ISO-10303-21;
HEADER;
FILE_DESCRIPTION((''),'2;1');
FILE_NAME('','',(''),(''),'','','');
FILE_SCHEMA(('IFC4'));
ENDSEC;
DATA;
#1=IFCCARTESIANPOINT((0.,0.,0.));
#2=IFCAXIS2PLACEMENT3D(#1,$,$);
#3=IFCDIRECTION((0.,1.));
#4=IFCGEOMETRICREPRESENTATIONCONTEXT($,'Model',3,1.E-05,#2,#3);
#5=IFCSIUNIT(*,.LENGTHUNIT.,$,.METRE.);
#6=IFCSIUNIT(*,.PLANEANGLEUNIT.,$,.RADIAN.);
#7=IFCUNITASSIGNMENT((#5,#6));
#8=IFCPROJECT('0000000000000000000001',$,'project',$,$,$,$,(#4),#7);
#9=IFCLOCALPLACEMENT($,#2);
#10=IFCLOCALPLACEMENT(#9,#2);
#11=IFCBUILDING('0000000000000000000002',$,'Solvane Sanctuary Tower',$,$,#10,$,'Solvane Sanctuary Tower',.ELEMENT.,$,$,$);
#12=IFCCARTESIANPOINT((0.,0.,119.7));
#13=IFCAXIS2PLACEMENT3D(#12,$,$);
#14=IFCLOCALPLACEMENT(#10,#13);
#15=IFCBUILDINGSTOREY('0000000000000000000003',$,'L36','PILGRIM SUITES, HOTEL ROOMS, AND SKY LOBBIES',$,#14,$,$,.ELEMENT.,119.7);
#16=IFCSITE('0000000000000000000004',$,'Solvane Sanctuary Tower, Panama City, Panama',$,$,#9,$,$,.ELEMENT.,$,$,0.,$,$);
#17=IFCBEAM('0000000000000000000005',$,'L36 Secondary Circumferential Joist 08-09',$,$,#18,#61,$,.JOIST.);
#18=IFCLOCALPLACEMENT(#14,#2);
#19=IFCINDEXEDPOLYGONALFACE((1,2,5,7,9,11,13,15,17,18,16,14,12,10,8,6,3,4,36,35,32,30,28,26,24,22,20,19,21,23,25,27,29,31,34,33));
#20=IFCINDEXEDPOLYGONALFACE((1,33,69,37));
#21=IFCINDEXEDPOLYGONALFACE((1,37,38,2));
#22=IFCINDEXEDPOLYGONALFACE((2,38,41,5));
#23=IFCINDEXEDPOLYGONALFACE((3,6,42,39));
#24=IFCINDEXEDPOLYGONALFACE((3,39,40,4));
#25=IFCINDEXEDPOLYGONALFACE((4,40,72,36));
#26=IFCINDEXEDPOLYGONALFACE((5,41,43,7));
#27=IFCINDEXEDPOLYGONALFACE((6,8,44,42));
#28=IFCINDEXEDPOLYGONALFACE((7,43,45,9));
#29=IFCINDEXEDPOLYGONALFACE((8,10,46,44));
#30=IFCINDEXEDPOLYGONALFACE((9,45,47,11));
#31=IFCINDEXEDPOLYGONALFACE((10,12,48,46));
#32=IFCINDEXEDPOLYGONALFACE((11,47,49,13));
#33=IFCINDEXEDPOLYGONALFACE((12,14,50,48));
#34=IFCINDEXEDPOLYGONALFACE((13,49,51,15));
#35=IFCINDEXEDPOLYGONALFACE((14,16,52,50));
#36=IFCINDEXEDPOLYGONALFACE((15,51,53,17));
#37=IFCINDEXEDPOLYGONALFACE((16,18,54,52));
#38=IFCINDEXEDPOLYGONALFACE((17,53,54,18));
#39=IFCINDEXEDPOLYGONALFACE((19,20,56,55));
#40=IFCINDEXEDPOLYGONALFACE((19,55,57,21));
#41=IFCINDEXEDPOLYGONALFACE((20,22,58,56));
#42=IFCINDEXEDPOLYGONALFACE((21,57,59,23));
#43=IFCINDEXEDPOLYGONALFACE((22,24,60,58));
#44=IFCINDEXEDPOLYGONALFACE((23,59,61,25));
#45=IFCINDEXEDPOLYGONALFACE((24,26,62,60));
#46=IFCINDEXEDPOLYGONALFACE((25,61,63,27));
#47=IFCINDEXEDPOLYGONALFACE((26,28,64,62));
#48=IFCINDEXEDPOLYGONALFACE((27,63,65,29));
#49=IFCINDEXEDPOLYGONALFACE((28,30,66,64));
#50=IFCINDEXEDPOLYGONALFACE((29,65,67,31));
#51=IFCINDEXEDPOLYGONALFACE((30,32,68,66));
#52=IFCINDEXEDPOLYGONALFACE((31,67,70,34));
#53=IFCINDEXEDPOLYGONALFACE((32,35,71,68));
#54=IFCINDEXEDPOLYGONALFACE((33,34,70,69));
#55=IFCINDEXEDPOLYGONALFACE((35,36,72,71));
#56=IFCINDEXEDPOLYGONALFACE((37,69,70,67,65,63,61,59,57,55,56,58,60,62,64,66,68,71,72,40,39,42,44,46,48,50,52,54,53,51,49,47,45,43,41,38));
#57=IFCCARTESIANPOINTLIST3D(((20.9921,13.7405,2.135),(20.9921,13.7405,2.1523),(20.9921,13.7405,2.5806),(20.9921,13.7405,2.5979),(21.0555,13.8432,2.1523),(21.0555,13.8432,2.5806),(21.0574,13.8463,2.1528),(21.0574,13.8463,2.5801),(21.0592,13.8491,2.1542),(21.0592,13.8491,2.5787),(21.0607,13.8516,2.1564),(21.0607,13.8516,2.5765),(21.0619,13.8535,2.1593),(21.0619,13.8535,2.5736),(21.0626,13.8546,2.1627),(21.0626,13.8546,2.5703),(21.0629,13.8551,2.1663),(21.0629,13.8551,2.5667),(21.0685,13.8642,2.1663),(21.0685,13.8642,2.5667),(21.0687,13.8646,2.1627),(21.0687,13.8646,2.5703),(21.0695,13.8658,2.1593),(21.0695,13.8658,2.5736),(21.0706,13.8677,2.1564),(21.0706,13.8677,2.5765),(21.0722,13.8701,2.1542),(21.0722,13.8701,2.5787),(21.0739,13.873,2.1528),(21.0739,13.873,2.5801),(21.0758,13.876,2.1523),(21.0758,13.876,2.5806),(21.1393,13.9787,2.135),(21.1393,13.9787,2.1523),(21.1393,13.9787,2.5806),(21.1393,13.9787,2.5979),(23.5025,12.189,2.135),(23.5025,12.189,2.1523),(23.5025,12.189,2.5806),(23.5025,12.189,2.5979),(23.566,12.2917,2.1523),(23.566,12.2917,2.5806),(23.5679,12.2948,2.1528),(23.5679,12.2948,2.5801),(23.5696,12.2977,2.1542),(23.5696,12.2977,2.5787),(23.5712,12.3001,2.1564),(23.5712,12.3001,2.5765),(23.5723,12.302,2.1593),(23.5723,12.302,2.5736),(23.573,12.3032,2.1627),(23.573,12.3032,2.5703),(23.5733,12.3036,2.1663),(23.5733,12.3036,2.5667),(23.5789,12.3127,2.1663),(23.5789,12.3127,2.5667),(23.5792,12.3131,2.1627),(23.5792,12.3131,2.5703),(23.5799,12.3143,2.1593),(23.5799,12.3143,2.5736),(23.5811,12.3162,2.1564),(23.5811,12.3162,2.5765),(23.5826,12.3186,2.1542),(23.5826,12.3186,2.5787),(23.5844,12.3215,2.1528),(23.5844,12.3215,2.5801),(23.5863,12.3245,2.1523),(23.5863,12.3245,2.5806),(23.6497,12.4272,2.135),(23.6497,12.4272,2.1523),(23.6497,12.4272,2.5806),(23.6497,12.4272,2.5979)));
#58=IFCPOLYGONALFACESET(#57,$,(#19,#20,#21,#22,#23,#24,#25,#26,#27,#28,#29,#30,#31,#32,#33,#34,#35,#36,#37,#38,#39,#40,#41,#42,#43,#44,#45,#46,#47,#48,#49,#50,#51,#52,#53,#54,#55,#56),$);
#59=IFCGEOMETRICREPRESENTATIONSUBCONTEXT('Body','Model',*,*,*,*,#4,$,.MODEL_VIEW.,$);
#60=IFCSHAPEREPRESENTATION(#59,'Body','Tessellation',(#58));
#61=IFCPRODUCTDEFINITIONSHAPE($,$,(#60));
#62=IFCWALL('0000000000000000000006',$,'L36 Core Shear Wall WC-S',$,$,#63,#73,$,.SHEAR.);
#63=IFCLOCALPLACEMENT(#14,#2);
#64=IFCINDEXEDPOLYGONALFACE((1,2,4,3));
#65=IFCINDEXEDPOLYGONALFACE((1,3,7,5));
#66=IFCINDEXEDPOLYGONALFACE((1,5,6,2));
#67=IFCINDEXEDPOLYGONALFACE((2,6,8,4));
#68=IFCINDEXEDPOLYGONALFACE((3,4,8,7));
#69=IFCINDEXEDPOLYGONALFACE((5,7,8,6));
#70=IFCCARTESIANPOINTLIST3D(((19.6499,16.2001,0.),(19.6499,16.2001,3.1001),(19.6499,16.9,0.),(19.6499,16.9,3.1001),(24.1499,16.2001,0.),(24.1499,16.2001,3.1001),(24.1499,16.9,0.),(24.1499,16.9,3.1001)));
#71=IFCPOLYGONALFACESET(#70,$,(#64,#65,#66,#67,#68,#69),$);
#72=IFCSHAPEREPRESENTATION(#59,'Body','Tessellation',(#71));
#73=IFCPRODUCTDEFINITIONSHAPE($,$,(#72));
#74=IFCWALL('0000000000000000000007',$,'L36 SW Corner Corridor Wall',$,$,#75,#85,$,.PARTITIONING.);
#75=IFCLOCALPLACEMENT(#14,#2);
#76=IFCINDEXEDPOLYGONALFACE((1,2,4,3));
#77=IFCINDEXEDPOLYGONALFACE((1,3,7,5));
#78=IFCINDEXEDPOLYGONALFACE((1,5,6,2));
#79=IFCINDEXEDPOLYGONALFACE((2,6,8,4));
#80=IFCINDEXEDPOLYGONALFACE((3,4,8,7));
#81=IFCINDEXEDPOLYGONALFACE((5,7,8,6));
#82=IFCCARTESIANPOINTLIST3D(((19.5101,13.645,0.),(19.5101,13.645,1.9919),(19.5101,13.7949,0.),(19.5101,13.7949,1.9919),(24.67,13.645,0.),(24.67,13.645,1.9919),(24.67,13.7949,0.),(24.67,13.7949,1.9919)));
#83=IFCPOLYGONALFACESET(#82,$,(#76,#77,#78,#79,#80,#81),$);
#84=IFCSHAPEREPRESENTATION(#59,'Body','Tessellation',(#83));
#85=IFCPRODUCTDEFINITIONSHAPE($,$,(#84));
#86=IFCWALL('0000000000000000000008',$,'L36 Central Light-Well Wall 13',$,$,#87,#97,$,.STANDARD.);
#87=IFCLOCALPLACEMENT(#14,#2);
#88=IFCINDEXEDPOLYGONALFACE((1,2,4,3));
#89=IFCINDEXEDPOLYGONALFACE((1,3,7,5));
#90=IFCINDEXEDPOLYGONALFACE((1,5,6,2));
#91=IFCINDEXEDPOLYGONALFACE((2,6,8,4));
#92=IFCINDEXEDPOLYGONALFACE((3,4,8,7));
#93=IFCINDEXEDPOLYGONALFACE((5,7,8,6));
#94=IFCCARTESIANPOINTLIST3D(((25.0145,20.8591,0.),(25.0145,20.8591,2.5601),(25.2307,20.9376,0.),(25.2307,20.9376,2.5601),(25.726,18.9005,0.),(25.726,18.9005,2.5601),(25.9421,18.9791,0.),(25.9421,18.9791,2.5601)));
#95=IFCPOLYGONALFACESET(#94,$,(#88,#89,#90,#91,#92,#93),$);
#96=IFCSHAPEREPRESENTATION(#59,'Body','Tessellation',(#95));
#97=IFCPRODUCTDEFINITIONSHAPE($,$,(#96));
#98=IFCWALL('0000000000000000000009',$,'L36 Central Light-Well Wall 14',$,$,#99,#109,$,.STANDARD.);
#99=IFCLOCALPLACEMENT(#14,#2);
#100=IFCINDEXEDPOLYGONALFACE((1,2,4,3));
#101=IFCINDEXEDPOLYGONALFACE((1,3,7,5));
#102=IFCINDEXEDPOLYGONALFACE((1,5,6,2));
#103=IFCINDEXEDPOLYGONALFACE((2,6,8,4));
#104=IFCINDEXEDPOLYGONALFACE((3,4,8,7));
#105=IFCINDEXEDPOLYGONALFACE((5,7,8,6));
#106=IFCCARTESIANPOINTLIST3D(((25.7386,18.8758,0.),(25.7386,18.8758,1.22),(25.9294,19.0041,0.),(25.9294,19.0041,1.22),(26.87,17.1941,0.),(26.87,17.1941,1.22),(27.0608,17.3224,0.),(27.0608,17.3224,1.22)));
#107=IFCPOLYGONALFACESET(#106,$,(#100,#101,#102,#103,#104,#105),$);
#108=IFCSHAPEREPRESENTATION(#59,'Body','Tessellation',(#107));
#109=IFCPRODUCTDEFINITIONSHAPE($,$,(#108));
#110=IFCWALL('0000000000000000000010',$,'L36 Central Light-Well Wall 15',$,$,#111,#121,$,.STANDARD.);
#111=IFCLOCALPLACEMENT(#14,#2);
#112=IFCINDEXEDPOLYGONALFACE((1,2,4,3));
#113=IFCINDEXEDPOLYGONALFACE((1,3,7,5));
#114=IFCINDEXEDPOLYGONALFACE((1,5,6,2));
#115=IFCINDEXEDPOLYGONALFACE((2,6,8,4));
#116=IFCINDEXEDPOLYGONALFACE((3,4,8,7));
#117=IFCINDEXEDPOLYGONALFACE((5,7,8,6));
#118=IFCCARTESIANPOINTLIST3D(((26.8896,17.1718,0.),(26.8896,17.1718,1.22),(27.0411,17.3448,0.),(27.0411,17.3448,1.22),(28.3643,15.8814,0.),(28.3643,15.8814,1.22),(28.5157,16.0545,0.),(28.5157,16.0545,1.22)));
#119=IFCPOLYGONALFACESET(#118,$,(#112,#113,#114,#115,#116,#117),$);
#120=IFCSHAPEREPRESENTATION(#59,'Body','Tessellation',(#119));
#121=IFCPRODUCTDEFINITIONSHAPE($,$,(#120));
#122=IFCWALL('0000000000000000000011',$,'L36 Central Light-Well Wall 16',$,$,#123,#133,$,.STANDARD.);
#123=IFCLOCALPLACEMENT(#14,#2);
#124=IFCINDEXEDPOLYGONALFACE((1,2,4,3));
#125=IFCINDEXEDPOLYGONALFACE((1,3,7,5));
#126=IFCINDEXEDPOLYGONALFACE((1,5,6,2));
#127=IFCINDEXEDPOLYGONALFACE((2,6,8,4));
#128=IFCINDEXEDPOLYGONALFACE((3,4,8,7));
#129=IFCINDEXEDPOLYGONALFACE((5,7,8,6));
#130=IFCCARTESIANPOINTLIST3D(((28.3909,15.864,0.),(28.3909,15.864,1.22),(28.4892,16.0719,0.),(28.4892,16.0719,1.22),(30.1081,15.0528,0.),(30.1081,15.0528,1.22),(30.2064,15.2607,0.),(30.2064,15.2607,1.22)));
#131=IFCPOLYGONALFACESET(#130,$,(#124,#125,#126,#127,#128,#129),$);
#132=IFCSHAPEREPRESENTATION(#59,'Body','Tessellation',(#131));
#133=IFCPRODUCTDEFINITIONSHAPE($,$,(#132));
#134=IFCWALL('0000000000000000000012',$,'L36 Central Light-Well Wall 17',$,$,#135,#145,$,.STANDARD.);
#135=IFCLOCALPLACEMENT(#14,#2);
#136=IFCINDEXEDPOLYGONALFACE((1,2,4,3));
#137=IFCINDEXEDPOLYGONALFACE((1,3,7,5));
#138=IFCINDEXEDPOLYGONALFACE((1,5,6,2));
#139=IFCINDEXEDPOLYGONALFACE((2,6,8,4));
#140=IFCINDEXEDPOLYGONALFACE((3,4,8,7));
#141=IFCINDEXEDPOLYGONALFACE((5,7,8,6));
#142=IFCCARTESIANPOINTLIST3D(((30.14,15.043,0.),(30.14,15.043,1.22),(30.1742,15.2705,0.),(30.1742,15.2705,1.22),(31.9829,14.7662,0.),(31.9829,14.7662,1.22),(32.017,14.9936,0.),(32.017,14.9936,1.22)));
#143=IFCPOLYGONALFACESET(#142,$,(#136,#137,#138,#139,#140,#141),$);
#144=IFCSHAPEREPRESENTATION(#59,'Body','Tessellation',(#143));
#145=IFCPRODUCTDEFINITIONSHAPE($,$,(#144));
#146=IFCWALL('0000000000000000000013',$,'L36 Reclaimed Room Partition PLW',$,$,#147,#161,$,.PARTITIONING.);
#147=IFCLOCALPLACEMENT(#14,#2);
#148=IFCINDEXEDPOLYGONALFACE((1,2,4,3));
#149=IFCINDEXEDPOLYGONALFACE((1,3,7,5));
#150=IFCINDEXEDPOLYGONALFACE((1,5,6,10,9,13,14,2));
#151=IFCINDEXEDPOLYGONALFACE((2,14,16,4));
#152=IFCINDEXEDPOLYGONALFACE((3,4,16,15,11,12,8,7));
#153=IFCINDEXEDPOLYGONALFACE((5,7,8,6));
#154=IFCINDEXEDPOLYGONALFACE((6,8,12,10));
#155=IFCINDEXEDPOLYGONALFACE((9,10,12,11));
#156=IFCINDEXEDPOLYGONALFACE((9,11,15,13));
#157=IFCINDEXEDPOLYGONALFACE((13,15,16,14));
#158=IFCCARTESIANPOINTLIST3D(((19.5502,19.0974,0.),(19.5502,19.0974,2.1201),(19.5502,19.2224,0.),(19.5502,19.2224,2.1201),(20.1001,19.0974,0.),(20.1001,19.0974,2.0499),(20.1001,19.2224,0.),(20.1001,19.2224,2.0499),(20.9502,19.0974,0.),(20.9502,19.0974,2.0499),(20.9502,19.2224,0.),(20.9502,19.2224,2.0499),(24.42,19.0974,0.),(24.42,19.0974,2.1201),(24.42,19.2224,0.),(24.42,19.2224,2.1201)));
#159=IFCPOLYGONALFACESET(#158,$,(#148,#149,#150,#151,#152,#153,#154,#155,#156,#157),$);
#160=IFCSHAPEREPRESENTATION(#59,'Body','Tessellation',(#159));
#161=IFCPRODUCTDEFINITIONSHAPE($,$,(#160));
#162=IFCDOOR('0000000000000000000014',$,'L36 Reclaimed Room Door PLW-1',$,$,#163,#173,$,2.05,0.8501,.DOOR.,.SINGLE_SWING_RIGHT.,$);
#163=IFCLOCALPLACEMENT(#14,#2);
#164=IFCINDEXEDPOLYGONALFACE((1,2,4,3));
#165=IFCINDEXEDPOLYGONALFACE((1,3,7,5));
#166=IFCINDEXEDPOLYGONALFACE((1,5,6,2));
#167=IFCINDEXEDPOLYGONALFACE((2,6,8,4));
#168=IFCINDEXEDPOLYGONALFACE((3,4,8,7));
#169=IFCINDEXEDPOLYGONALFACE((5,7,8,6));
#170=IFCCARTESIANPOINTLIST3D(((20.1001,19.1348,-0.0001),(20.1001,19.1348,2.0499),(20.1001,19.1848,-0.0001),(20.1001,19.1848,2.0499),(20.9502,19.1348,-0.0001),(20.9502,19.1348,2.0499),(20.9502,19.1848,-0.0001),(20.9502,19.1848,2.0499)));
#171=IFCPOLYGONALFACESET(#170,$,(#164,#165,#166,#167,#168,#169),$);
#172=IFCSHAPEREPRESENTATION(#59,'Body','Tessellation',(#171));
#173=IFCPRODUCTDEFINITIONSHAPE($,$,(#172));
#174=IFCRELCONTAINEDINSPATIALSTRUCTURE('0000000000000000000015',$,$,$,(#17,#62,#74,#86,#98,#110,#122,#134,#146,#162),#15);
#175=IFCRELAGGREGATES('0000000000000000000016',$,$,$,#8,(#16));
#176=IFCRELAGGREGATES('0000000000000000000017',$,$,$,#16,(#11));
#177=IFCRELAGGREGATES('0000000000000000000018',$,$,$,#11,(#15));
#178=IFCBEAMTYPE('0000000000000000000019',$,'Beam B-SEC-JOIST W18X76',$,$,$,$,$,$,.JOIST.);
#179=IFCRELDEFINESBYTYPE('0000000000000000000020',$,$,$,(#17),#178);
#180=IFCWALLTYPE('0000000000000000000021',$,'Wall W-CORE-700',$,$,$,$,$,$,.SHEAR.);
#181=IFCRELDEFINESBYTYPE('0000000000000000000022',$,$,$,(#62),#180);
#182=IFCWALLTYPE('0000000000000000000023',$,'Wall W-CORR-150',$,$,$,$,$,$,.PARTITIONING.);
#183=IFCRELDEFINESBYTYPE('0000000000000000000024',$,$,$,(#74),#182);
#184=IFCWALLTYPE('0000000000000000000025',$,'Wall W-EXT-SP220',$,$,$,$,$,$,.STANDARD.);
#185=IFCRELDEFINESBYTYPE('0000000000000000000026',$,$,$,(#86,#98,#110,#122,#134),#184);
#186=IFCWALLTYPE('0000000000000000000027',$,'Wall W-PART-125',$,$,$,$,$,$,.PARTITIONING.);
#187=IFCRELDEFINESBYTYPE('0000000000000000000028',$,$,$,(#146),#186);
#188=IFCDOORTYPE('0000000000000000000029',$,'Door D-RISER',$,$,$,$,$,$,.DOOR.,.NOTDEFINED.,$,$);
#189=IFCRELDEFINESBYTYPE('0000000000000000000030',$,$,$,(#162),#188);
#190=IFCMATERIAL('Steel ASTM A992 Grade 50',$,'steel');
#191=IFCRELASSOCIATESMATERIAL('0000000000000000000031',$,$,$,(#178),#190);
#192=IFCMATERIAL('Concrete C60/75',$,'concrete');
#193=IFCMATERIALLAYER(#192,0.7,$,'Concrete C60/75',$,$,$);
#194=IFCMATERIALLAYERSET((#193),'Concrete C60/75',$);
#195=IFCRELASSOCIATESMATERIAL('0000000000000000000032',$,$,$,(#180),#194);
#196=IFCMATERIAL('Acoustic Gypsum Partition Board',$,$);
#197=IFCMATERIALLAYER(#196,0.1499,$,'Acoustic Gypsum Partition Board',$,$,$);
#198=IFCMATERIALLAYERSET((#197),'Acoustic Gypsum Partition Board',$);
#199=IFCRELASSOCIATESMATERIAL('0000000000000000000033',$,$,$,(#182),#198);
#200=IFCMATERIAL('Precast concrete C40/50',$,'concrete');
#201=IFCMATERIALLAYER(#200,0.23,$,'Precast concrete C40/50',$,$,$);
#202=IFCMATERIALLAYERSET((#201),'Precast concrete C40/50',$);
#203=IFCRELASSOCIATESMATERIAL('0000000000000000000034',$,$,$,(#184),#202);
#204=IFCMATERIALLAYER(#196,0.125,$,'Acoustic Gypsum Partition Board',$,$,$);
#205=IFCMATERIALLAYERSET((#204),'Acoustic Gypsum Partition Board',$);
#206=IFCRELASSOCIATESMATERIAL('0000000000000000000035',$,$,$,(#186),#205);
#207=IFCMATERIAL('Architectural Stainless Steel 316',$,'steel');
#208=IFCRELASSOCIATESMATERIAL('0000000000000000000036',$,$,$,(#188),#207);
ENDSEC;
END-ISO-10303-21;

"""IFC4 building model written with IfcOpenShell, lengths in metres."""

from ifc_helpers import new_model, si_unit, direction, frame, frame_2d, origin, origin_2d, place, context, subcontext, project, spatial, rectangle, i_section, extrude, material, layer, layer_set, material_profile, profile_set, type_object, element, fill, save


model = new_model("IFC4")

# Units and contexts
model_context = context("Model", 3, precision=1e-05, world=origin(), true_north=direction((0.0, 1.0)))
body_context = subcontext(model_context, "Body", "Model", "MODEL_VIEW")
ifc_project = project(units=[si_unit("LENGTHUNIT", "METRE"), si_unit("PLANEANGLEUNIT", "RADIAN")], contexts=[model_context])

# Site, building, storey
site_placement = place(None, origin())
site = spatial("IfcSite", under=ifc_project, at=site_placement, Name="Solvane Sanctuary Tower, Panama City, Panama", CompositionType="ELEMENT", RefElevation=0.0)
building_placement = place(site_placement, origin())
building = spatial("IfcBuilding", under=site, at=building_placement, Name="Solvane Sanctuary Tower", LongName="Solvane Sanctuary Tower", CompositionType="ELEMENT")
storey_placement = place(building_placement, frame((0.0, 0.0, 119.7)))
storey = spatial("IfcBuildingStorey", under=building, at=storey_placement, Name="L36", Description="PILGRIM SUITES, HOTEL ROOMS, AND SKY LOBBIES", CompositionType="ELEMENT", Elevation=119.7)

# Shared definitions
ifc_material_1 = material(Name="Concrete C60/75", Category="concrete")

# Beam
ifc_material_2 = material(Name="Steel ASTM A992 Grade 50", Category="steel")
ifc_material_profile_1 = material_profile(ifc_material_2, i_section(OverallWidth=0.28, OverallDepth=0.4629, WebThickness=0.0107, FlangeThickness=0.0173, FilletRadius=0.0139, at=origin_2d()), Name="W18X76")
ifc_profile_set_1 = profile_set([ifc_material_profile_1], Name="Steel ASTM A992 Grade 50")
beam_type_1 = type_object("IfcBeamType", Name="Beam B-SEC-JOIST W18X76", PredefinedType="JOIST", material=ifc_profile_set_1)
beam_1_placement = place(storey_placement, frame((21.0657, 13.8596, 2.3665), z_axis=(0.85066, -0.525717, 0.0), x_axis=(0.525717, 0.85066, 0.0)))
element("IfcBeam", 1, at=beam_1_placement, inside=storey, type_object=beam_type_1, Name="L36 Secondary Circumferential Joist 08-09", PredefinedType="JOIST", context=body_context, shape_type="SweptSolid", body=[
    extrude(i_section(OverallWidth=0.28, OverallDepth=0.4629, WebThickness=0.0107, FlangeThickness=0.0173, FilletRadius=0.0139, at=origin_2d()), origin(), (0.0, 0.0, 1.0), 2.9512),
])

# Walls
ifc_layer_1 = layer(ifc_material_1, 0.7, Name="Concrete C60/75")
ifc_layer_set_1 = layer_set([ifc_layer_1], Name="Concrete C60/75")
wall_type_1 = type_object("IfcWallType", Name="Wall W-CORE-700", PredefinedType="SHEAR", material=ifc_layer_set_1)
wall_1_placement = place(storey_placement, frame((19.6499, 16.55, 0.0), z_axis=(0.0, 0.0, 1.0), x_axis=(1.0, 0.0, 0.0)))
element("IfcWall", 2, at=wall_1_placement, inside=storey, type_object=wall_type_1, Name="L36 Core Shear Wall WC-S", PredefinedType="SHEAR", context=body_context, shape_type="SweptSolid", body=[
    extrude(rectangle(XDim=4.5, YDim=0.7, at=frame_2d((2.25, 0.0))), origin(), (0.0, 0.0, 1.0), 3.1001),
])
ifc_material_3 = material(Name="Acoustic Gypsum Partition Board")
ifc_layer_2 = layer(ifc_material_3, 0.1499, Name="Acoustic Gypsum Partition Board")
ifc_layer_set_2 = layer_set([ifc_layer_2], Name="Acoustic Gypsum Partition Board")
wall_type_2 = type_object("IfcWallType", Name="Wall W-CORR-150", PredefinedType="PARTITIONING", material=ifc_layer_set_2)
wall_2_placement = place(storey_placement, frame((19.51, 13.72, 0.0), z_axis=(0.0, 0.0, 1.0), x_axis=(1.0, 0.0, 0.0)))
element("IfcWall", 3, at=wall_2_placement, inside=storey, type_object=wall_type_2, Name="L36 SW Corner Corridor Wall", PredefinedType="PARTITIONING", context=body_context, shape_type="SweptSolid", body=[
    extrude(rectangle(XDim=5.1599, YDim=0.1499, at=frame_2d((2.5801, 0.0))), origin(), (0.0, 0.0, 1.0), 1.9919),
])
ifc_material_4 = material(Name="Precast concrete C40/50", Category="concrete")
ifc_layer_3 = layer(ifc_material_4, 0.23, Name="Precast concrete C40/50")
ifc_layer_set_3 = layer_set([ifc_layer_3], Name="Precast concrete C40/50")
wall_type_3 = type_object("IfcWallType", Name="Wall W-EXT-SP220", PredefinedType="STANDARD", material=ifc_layer_set_3)
wall_3_placement = place(storey_placement, frame((25.1226, 20.8984, 0.0), z_axis=(0.0, 0.0, 1.0), x_axis=(0.341423, -0.93991, 0.0)))
element("IfcWall", 4, at=wall_3_placement, inside=storey, type_object=wall_type_3, Name="L36 Central Light-Well Wall 13", PredefinedType="STANDARD", context=body_context, shape_type="SweptSolid", body=[
    extrude(rectangle(XDim=2.0837, YDim=0.23, at=frame_2d((1.042, 0.0))), origin(), (0.0, 0.0, 1.0), 2.5601),
])
wall_4_placement = place(storey_placement, frame((25.834, 18.9399, 0.0), z_axis=(0.0, 0.0, 1.0), x_axis=(0.558198, -0.829708, 0.0)))
element("IfcWall", 5, at=wall_4_placement, inside=storey, type_object=wall_type_3, Name="L36 Central Light-Well Wall 14", PredefinedType="STANDARD", context=body_context, shape_type="SweptSolid", body=[
    extrude(rectangle(XDim=2.0269, YDim=0.23, at=frame_2d((1.0134, 0.0))), origin(), (0.0, 0.0, 1.0), 1.22),
])
wall_5_placement = place(storey_placement, frame((26.9653, 17.2583, 0.0), z_axis=(0.0, 0.0, 1.0), x_axis=(0.752577, -0.658505, 0.0)))
element("IfcWall", 6, at=wall_5_placement, inside=storey, type_object=wall_type_3, Name="L36 Central Light-Well Wall 15", PredefinedType="STANDARD", context=body_context, shape_type="SweptSolid", body=[
    extrude(rectangle(XDim=1.9595, YDim=0.23, at=frame_2d((0.9797, 0.0))), origin(), (0.0, 0.0, 1.0), 1.22),
])
wall_6_placement = place(storey_placement, frame((28.4399, 15.968, 0.0), z_axis=(0.0, 0.0, 1.0), x_axis=(0.90418, -0.427152, 0.0)))
element("IfcWall", 7, at=wall_6_placement, inside=storey, type_object=wall_type_3, Name="L36 Central Light-Well Wall 16", PredefinedType="STANDARD", context=body_context, shape_type="SweptSolid", body=[
    extrude(rectangle(XDim=1.8992, YDim=0.23, at=frame_2d((0.9497, 0.0))), origin(), (0.0, 0.0, 1.0), 1.22),
])
wall_7_placement = place(storey_placement, frame((30.1572, 15.1567, 0.0), z_axis=(0.0, 0.0, 1.0), x_axis=(0.988902, -0.148571, 0.0)))
element("IfcWall", 8, at=wall_7_placement, inside=storey, type_object=wall_type_3, Name="L36 Central Light-Well Wall 17", PredefinedType="STANDARD", context=body_context, shape_type="SweptSolid", body=[
    extrude(rectangle(XDim=1.8635, YDim=0.23, at=frame_2d((0.9316, 0.0))), origin(), (0.0, 0.0, 1.0), 1.22),
])

# Wall, opening, door
ifc_layer_4 = layer(ifc_material_3, 0.125, Name="Acoustic Gypsum Partition Board")
ifc_layer_set_4 = layer_set([ifc_layer_4], Name="Acoustic Gypsum Partition Board")
wall_type_4 = type_object("IfcWallType", Name="Wall W-PART-125", PredefinedType="PARTITIONING", material=ifc_layer_set_4)
wall_8_placement = place(storey_placement, frame((19.55, 19.1599, 0.0), z_axis=(0.0, 0.0, 1.0), x_axis=(1.0, 0.0, 0.0)))
wall_8 = element("IfcWall", 9, at=wall_8_placement, inside=storey, type_object=wall_type_4, Name="L36 Reclaimed Room Partition PLW", PredefinedType="PARTITIONING", context=body_context, shape_type="SweptSolid", body=[
    extrude(rectangle(XDim=4.8699, YDim=0.125, at=frame_2d((2.4351, 0.0))), origin(), (0.0, 0.0, 1.0), 2.1201),
])
opening_placement = place(wall_8_placement, frame((0.55, 0.0, 0.0)))
opening = element("IfcOpeningElement", 10, at=opening_placement, cuts=wall_8, PredefinedType="OPENING", context=body_context, shape_type="SweptSolid", body=[
    extrude(rectangle(XDim=0.8501, YDim=2.05, at=frame_2d((0.425, 1.0249))), frame((0.0, 0.0725, 0.0), z_axis=(0.0, -1.0, 0.0), x_axis=(1.0, 0.0, 0.0)), (0.0, 0.0, 1.0), 0.145),
])
ifc_material_5 = material(Name="Architectural Stainless Steel 316", Category="steel")
door_type = type_object("IfcDoorType", Name="Door D-RISER", OperationType="NOTDEFINED", PredefinedType="DOOR", material=ifc_material_5)
door_placement = place(opening_placement, origin())
door = element("IfcDoor", 11, at=door_placement, inside=storey, type_object=door_type, Name="L36 Reclaimed Room Door PLW-1", OperationType="SINGLE_SWING_RIGHT", OverallHeight=2.05, OverallWidth=0.8501, PredefinedType="DOOR", context=body_context, shape_type="SweptSolid", body=[
    extrude(rectangle(XDim=0.8501, YDim=2.05, at=frame_2d((0.425, 1.0249))), frame((0.0, 0.0249, 0.0), z_axis=(0.0, -1.0, 0.0), x_axis=(1.0, 0.0, 0.0)), (0.0, 0.0, 1.0), 0.05),
])
fill(opening, door)

save(model, "model.ifc")
